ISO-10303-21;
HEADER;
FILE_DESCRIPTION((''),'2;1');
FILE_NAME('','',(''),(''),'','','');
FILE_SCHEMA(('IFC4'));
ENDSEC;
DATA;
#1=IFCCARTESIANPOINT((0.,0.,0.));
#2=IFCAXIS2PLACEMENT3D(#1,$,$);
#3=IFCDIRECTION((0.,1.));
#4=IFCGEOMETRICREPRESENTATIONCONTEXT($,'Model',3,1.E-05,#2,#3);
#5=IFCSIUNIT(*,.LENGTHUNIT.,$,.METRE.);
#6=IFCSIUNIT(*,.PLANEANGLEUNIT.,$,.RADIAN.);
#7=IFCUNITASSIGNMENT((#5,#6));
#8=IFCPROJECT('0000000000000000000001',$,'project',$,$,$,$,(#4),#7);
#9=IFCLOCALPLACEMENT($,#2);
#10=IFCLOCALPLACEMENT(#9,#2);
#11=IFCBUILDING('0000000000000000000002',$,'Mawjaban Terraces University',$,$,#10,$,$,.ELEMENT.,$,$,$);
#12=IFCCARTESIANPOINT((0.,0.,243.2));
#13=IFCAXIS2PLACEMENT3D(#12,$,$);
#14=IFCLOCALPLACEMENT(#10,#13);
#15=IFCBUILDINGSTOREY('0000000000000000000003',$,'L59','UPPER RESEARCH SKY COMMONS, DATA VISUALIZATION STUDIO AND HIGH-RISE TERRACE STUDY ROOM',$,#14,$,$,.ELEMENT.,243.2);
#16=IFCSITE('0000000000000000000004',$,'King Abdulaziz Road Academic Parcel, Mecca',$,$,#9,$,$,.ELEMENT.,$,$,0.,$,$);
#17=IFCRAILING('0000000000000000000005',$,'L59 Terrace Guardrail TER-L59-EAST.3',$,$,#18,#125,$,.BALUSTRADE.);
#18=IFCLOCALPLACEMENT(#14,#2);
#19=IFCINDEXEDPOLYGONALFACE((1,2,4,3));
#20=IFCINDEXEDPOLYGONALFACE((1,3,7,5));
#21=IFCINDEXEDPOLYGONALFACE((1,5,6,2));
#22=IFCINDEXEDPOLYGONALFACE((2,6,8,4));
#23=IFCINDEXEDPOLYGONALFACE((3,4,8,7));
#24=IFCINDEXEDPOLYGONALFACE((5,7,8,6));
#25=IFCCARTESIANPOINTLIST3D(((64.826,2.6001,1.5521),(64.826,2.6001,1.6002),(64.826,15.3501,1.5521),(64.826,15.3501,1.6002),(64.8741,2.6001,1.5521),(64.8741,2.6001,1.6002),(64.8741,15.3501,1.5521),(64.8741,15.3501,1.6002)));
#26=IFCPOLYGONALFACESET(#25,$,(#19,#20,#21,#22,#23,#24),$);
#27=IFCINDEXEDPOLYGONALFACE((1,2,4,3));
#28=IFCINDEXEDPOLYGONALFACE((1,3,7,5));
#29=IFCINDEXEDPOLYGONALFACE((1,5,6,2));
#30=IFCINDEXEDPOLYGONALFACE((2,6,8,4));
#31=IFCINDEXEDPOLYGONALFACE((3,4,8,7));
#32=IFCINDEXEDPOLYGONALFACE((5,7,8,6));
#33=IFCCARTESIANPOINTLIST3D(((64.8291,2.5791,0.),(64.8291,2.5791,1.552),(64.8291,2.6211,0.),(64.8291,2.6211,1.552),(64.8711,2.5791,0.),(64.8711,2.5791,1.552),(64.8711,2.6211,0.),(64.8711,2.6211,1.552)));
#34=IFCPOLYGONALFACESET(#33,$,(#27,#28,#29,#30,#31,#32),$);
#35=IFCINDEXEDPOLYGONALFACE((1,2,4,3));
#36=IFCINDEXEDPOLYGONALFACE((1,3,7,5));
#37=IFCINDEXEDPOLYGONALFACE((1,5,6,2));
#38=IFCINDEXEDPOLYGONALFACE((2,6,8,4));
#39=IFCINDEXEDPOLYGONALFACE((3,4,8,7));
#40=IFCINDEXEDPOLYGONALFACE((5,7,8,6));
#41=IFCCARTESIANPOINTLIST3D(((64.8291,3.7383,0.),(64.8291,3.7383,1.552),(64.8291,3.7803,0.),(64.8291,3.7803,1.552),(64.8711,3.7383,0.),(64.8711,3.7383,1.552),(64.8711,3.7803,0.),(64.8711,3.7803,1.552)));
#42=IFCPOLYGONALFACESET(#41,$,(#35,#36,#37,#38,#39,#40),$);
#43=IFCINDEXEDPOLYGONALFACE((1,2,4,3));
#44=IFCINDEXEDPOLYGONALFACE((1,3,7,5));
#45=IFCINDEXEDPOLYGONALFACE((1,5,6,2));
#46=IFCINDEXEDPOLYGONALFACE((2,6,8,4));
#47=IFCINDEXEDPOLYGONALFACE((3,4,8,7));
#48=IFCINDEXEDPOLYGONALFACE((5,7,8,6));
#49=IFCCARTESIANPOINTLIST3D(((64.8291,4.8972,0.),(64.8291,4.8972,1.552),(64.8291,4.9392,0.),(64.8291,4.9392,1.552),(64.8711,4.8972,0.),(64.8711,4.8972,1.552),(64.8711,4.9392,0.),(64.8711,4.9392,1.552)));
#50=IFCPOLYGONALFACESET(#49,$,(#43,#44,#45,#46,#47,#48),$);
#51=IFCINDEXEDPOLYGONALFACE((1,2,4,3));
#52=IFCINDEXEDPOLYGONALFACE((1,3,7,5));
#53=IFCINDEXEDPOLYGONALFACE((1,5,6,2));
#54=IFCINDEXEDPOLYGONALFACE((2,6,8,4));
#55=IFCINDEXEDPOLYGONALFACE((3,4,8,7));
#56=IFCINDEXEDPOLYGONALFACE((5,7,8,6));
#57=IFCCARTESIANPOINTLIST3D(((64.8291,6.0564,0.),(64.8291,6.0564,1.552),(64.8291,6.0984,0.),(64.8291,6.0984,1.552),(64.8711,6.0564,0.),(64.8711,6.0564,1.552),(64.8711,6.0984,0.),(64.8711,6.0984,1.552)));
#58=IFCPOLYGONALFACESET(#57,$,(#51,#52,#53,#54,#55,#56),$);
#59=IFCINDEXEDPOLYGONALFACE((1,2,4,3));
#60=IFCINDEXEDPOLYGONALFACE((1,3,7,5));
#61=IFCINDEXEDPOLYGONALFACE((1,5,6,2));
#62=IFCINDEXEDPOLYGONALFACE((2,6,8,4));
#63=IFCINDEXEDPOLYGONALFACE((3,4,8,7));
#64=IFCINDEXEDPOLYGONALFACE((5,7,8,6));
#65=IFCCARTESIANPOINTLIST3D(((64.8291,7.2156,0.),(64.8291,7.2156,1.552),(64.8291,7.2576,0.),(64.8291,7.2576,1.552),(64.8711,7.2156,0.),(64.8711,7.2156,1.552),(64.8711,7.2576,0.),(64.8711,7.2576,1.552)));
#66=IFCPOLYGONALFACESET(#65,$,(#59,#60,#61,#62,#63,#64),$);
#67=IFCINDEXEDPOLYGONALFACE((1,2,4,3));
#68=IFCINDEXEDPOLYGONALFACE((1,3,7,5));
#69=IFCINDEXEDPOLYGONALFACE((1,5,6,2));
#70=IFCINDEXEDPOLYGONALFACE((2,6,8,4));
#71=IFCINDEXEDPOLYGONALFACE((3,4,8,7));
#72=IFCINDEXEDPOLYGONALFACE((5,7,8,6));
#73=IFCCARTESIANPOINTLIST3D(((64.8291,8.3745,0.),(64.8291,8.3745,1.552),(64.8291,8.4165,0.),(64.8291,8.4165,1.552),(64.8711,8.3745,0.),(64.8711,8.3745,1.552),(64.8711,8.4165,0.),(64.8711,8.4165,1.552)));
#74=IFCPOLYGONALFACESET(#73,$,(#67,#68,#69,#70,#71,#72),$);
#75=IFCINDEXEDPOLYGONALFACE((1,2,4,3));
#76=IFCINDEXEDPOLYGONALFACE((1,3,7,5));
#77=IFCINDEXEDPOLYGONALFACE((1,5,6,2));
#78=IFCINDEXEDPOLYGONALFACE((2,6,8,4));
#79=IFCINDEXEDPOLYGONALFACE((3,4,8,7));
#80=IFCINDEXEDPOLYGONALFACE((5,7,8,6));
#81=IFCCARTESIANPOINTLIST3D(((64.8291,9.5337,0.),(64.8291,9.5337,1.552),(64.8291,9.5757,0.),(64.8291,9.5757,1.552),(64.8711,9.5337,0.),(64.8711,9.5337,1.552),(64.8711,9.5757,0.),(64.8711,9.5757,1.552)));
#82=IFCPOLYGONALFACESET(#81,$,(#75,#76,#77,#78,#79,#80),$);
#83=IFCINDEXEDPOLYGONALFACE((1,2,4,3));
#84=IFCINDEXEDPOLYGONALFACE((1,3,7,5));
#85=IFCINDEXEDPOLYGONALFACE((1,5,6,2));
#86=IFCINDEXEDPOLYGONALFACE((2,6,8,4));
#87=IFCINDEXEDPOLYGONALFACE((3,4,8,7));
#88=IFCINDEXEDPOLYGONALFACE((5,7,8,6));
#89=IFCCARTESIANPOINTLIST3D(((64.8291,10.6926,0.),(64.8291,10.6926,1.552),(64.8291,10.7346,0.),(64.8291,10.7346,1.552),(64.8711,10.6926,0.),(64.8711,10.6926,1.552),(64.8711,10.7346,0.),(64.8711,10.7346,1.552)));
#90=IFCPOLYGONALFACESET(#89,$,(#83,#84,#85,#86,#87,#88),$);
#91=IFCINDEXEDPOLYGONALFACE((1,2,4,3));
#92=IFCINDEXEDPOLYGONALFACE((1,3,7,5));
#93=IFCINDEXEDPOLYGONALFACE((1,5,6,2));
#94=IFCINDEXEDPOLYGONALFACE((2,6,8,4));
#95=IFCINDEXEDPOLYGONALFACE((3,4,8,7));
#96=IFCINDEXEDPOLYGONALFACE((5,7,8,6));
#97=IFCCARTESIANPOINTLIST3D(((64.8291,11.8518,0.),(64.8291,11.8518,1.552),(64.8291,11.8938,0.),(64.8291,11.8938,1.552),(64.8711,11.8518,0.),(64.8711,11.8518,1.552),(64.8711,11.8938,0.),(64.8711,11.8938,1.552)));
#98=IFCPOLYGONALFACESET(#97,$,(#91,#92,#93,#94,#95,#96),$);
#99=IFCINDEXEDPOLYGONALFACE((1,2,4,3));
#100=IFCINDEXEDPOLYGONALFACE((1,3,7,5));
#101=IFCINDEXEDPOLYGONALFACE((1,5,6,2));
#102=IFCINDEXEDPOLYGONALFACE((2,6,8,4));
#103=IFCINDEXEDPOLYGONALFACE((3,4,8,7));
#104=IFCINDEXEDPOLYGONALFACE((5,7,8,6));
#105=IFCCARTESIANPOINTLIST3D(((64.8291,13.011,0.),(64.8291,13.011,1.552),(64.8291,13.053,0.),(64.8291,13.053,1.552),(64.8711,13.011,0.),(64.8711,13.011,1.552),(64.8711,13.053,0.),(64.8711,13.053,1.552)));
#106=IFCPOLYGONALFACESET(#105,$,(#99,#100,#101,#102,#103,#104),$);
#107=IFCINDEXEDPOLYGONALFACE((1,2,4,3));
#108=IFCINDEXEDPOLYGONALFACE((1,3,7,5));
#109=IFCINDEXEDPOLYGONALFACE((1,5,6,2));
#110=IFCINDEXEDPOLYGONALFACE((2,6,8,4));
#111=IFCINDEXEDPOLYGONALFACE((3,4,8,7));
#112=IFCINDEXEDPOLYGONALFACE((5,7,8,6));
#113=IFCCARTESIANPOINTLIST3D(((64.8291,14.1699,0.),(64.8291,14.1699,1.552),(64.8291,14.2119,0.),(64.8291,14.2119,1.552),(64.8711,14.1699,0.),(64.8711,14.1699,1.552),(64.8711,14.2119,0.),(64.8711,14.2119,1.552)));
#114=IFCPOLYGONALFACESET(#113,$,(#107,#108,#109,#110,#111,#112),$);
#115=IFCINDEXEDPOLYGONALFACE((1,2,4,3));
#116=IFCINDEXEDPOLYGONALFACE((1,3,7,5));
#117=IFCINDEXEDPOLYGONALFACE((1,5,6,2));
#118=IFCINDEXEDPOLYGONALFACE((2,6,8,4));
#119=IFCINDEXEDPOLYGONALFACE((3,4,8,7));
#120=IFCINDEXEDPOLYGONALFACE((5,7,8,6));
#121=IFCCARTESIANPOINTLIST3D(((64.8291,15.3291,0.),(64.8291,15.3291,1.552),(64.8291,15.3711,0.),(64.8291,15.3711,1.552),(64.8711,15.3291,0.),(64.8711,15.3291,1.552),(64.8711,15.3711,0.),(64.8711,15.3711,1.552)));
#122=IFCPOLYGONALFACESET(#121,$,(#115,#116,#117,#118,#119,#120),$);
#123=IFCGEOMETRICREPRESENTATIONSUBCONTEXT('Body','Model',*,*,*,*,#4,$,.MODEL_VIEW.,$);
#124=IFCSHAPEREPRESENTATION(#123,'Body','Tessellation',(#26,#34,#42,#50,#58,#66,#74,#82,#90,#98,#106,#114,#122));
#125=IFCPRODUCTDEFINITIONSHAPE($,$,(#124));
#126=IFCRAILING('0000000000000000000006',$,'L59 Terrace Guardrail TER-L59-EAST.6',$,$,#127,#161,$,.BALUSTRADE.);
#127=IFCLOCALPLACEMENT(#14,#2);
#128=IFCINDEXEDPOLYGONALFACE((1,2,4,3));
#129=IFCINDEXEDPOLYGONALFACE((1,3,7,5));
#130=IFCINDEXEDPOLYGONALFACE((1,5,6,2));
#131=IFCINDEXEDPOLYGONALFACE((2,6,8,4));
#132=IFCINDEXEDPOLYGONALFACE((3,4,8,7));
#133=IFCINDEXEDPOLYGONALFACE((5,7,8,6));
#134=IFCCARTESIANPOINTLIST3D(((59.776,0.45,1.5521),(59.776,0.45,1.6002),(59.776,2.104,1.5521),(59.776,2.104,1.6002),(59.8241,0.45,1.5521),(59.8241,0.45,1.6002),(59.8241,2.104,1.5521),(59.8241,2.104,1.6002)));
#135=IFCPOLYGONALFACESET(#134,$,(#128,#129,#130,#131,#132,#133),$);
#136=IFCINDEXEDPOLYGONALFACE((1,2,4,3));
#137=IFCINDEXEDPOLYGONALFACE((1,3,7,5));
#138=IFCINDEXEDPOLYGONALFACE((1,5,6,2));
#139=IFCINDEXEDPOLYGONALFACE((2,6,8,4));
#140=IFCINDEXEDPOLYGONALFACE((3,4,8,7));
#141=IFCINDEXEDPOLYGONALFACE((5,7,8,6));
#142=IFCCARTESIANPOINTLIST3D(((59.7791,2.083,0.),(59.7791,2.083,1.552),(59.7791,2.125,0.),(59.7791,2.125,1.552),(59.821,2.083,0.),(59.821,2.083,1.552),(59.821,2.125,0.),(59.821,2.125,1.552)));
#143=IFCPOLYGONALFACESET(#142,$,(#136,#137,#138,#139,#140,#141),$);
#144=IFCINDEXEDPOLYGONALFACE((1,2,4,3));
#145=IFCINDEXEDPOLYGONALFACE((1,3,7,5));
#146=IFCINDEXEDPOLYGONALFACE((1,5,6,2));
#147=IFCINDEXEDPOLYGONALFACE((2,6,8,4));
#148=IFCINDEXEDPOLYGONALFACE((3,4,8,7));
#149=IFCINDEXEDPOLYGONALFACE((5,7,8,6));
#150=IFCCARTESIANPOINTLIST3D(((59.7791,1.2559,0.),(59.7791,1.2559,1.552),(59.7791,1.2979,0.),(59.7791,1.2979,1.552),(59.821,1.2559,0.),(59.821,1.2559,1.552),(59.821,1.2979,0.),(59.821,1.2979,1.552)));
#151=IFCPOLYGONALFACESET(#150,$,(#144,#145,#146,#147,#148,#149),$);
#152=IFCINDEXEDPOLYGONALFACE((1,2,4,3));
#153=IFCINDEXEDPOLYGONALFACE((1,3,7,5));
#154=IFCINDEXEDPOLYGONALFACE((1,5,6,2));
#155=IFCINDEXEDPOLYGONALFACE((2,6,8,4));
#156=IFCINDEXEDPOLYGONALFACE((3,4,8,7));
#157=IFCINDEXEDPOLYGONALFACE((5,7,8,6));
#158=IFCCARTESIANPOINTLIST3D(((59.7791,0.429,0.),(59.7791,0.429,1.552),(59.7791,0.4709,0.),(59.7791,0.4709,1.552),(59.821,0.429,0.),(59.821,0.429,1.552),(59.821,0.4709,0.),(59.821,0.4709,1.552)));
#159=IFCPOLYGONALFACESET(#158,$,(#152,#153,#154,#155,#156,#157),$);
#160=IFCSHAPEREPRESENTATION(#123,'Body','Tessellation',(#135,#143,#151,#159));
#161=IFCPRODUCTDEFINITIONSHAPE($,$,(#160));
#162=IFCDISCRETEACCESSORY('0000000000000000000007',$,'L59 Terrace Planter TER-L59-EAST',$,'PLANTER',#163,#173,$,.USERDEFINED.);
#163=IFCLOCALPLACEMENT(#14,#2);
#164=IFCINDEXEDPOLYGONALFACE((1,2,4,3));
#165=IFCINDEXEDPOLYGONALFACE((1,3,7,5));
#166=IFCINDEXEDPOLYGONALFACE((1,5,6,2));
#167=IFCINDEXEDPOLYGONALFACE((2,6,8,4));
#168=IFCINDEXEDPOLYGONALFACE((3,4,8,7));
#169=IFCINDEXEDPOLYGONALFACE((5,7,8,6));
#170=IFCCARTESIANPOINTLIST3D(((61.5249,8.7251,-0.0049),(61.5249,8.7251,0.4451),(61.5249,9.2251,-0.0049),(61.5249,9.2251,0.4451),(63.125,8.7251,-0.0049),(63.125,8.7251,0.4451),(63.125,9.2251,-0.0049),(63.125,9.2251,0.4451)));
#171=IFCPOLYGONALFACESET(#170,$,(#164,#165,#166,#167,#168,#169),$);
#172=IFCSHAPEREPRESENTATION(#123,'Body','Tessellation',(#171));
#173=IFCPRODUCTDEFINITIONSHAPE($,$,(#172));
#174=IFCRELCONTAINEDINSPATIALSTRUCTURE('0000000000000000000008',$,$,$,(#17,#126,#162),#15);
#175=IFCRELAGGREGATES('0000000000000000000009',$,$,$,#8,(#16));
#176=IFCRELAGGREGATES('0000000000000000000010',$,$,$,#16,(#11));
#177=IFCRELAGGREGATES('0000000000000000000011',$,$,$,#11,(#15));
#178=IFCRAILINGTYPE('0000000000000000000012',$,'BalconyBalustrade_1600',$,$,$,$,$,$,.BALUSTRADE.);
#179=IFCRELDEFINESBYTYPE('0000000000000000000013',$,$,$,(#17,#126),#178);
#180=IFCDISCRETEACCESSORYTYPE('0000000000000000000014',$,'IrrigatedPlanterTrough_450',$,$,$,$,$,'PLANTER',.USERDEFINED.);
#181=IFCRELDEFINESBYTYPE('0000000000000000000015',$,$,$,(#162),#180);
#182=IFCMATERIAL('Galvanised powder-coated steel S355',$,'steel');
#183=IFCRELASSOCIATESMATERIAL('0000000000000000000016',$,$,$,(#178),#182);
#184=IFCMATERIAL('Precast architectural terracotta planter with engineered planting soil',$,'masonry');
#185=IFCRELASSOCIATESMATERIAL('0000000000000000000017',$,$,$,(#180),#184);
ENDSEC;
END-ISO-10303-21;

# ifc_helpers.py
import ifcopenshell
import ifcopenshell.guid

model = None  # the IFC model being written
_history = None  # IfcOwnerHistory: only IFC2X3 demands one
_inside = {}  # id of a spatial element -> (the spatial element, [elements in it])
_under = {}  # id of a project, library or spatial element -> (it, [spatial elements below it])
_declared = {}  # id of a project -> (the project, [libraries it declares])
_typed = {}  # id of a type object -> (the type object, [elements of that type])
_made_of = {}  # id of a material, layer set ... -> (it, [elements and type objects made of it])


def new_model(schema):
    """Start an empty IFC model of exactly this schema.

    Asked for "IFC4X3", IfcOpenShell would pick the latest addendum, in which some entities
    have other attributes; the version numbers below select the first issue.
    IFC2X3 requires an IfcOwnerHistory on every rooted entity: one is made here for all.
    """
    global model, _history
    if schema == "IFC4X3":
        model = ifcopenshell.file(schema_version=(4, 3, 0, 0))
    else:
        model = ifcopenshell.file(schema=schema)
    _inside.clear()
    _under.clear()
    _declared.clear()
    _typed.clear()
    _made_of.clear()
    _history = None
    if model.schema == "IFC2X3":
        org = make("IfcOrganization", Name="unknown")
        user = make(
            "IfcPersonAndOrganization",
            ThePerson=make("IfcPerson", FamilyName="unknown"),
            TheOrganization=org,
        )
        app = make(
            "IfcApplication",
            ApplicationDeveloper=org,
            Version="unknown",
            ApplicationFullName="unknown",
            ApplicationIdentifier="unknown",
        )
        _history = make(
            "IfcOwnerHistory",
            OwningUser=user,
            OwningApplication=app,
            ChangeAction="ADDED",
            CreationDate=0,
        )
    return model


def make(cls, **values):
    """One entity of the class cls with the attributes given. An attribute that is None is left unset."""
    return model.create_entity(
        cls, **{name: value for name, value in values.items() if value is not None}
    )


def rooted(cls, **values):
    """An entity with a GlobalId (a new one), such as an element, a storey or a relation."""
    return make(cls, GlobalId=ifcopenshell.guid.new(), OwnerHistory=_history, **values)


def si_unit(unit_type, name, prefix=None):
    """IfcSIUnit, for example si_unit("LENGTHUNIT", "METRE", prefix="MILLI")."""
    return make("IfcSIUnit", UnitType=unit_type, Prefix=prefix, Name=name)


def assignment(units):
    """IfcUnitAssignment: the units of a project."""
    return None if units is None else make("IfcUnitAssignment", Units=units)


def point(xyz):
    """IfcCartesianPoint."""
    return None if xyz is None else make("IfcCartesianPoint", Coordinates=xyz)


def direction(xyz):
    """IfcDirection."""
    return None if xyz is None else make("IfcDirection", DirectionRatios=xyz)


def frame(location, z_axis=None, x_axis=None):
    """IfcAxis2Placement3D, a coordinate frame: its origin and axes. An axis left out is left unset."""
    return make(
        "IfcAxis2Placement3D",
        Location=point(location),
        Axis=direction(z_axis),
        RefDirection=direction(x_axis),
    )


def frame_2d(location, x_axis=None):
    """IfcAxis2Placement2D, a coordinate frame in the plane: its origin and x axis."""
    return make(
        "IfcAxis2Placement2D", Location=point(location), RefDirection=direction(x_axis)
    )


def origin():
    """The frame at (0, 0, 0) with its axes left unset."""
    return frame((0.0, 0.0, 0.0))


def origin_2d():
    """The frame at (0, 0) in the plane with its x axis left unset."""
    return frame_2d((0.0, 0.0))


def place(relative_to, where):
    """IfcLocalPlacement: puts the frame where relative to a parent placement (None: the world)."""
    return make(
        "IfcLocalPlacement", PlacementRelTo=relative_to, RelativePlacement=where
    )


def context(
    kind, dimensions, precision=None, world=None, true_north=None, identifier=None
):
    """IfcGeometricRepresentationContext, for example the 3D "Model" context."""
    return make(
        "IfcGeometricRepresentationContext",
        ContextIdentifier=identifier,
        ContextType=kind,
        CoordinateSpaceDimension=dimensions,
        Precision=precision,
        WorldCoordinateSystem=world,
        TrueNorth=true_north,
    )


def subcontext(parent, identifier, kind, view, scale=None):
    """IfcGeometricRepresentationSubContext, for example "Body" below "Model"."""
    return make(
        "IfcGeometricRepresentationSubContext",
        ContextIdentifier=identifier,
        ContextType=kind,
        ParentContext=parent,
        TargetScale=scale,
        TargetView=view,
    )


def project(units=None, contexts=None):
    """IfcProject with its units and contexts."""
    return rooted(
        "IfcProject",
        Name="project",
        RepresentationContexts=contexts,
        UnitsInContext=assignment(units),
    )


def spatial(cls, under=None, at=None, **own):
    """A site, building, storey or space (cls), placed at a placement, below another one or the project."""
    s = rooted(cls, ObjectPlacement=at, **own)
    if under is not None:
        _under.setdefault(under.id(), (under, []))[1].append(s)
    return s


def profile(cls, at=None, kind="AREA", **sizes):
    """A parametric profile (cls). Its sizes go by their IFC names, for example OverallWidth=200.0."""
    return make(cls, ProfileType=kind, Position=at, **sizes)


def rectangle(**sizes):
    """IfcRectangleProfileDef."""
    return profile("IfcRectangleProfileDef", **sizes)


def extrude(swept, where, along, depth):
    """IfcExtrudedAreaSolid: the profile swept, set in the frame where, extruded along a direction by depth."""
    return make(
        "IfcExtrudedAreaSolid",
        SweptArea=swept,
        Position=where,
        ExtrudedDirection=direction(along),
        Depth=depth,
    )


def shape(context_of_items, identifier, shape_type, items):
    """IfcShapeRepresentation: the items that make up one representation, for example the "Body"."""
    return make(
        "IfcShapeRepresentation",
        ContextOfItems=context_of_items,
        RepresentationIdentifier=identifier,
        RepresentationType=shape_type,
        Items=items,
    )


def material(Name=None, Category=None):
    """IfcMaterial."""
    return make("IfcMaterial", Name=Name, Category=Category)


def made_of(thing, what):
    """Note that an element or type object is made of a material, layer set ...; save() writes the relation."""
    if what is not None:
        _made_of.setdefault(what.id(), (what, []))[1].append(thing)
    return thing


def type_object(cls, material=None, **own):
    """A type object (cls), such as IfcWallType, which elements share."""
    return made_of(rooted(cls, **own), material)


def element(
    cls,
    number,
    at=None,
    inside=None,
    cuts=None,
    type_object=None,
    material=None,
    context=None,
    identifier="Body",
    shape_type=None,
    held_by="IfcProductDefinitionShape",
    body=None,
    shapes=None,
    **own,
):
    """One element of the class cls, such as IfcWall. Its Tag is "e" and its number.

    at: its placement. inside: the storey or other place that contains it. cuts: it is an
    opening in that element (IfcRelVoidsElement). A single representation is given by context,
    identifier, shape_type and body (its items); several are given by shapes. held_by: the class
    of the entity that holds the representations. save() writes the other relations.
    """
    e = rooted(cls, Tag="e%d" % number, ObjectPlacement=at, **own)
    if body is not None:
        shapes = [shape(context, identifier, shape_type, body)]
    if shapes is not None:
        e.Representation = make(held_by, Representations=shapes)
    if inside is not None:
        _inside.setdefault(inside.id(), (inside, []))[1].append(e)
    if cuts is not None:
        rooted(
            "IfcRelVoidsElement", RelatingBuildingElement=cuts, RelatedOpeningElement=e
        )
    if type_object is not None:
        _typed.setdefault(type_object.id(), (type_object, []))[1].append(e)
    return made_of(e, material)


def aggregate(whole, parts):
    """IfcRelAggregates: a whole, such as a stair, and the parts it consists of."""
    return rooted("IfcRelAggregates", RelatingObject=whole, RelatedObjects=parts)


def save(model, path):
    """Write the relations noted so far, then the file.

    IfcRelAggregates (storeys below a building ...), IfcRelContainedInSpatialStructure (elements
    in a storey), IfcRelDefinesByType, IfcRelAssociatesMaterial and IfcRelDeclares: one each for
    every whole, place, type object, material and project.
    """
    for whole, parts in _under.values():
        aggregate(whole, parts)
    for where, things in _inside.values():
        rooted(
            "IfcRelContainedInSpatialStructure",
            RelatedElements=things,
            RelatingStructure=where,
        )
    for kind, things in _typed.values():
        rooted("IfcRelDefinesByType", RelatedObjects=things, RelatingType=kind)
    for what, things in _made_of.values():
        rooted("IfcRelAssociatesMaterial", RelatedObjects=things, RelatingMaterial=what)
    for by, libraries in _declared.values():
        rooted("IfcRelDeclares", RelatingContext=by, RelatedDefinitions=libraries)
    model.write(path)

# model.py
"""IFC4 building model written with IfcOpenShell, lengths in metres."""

from ifc_helpers import new_model, si_unit, direction, frame, origin, origin_2d, place, context, subcontext, project, spatial, rectangle, extrude, material, type_object, element, save


model = new_model("IFC4")

# Units and contexts
model_context = context("Model", 3, precision=1e-05, world=origin(), true_north=direction((0.0, 1.0)))
body_context = subcontext(model_context, "Body", "Model", "MODEL_VIEW")
ifc_project = project(units=[si_unit("LENGTHUNIT", "METRE"), si_unit("PLANEANGLEUNIT", "RADIAN")], contexts=[model_context])

# Site, building, storey
site_placement = place(None, origin())
site = spatial("IfcSite", under=ifc_project, at=site_placement, Name="King Abdulaziz Road Academic Parcel, Mecca", CompositionType="ELEMENT", RefElevation=0.0)
building_placement = place(site_placement, origin())
building = spatial("IfcBuilding", under=site, at=building_placement, Name="Mawjaban Terraces University", CompositionType="ELEMENT")
storey_placement = place(building_placement, frame((0.0, 0.0, 243.2)))
storey = spatial("IfcBuildingStorey", under=building, at=storey_placement, Name="L59", Description="UPPER RESEARCH SKY COMMONS, DATA VISUALIZATION STUDIO AND HIGH-RISE TERRACE STUDY ROOM", CompositionType="ELEMENT", Elevation=243.2)

# Railings
ifc_material_1 = material(Name="Galvanised powder-coated steel S355", Category="steel")
railing_type = type_object("IfcRailingType", Name="BalconyBalustrade_1600", PredefinedType="BALUSTRADE", material=ifc_material_1)
railing_1_placement = place(storey_placement, frame((64.8501, 2.6001, 0.0)))
element("IfcRailing", 1, at=railing_1_placement, inside=storey, type_object=railing_type, Name="L59 Terrace Guardrail TER-L59-EAST.3", PredefinedType="BALUSTRADE", context=body_context, shape_type="SweptSolid", body=[
    extrude(rectangle(XDim=0.0481, YDim=0.0481, at=origin_2d()), frame((0.0, 0.0, 1.5762), z_axis=(0.0, 1.0, 0.0), x_axis=(-1.0, 0.0, 0.0)), (0.0, 0.0, 1.0), 12.75),
    extrude(rectangle(XDim=0.042, YDim=0.042, at=origin_2d()), origin(), (0.0, 0.0, 1.0), 1.552),
    extrude(rectangle(XDim=0.042, YDim=0.042, at=origin_2d()), frame((0.0, 1.1592, 0.0)), (0.0, 0.0, 1.0), 1.552),
    extrude(rectangle(XDim=0.042, YDim=0.042, at=origin_2d()), frame((0.0, 2.3181, 0.0)), (0.0, 0.0, 1.0), 1.552),
    extrude(rectangle(XDim=0.042, YDim=0.042, at=origin_2d()), frame((0.0, 3.4773, 0.0)), (0.0, 0.0, 1.0), 1.552),
    extrude(rectangle(XDim=0.042, YDim=0.042, at=origin_2d()), frame((0.0, 4.6365, 0.0)), (0.0, 0.0, 1.0), 1.552),
    extrude(rectangle(XDim=0.042, YDim=0.042, at=origin_2d()), frame((0.0, 5.7954, 0.0)), (0.0, 0.0, 1.0), 1.552),
    extrude(rectangle(XDim=0.042, YDim=0.042, at=origin_2d()), frame((0.0, 6.9546, 0.0)), (0.0, 0.0, 1.0), 1.552),
    extrude(rectangle(XDim=0.042, YDim=0.042, at=origin_2d()), frame((0.0, 8.1135, 0.0)), (0.0, 0.0, 1.0), 1.552),
    extrude(rectangle(XDim=0.042, YDim=0.042, at=origin_2d()), frame((0.0, 9.2727, 0.0)), (0.0, 0.0, 1.0), 1.552),
    extrude(rectangle(XDim=0.042, YDim=0.042, at=origin_2d()), frame((0.0, 10.4319, 0.0)), (0.0, 0.0, 1.0), 1.552),
    extrude(rectangle(XDim=0.042, YDim=0.042, at=origin_2d()), frame((0.0, 11.5908, 0.0)), (0.0, 0.0, 1.0), 1.552),
    extrude(rectangle(XDim=0.042, YDim=0.042, at=origin_2d()), frame((0.0, 12.75, 0.0)), (0.0, 0.0, 1.0), 1.552),
])
railing_2_placement = place(storey_placement, frame((59.8, 2.104, 0.0)))
element("IfcRailing", 2, at=railing_2_placement, inside=storey, type_object=railing_type, Name="L59 Terrace Guardrail TER-L59-EAST.6", PredefinedType="BALUSTRADE", context=body_context, shape_type="SweptSolid", body=[
    extrude(rectangle(XDim=0.0481, YDim=0.0481, at=origin_2d()), frame((0.0, 0.0, 1.5762), z_axis=(0.0, -1.0, 0.0), x_axis=(1.0, 0.0, 0.0)), (0.0, 0.0, 1.0), 1.6541),
    extrude(rectangle(XDim=0.042, YDim=0.042, at=origin_2d()), origin(), (0.0, 0.0, 1.0), 1.552),
    extrude(rectangle(XDim=0.042, YDim=0.042, at=origin_2d()), frame((0.0, -0.8271, 0.0)), (0.0, 0.0, 1.0), 1.552),
    extrude(rectangle(XDim=0.042, YDim=0.042, at=origin_2d()), frame((0.0, -1.6541, 0.0)), (0.0, 0.0, 1.0), 1.552),
])

# Discrete accessory
ifc_material_2 = material(Name="Precast architectural terracotta planter with engineered planting soil", Category="masonry")
discrete_accessory_type = type_object("IfcDiscreteAccessoryType", Name="IrrigatedPlanterTrough_450", ElementType="PLANTER", PredefinedType="USERDEFINED", material=ifc_material_2)
discrete_accessory_placement = place(storey_placement, frame((62.325, 8.9751, -0.0049), z_axis=(0.0, 0.0, 1.0), x_axis=(1.0, 0.0, 0.0)))
element("IfcDiscreteAccessory", 3, at=discrete_accessory_placement, inside=storey, type_object=discrete_accessory_type, Name="L59 Terrace Planter TER-L59-EAST", ObjectType="PLANTER", PredefinedType="USERDEFINED", context=body_context, shape_type="SweptSolid", body=[
    extrude(rectangle(XDim=1.6001, YDim=0.5, at=origin_2d()), origin(), (0.0, 0.0, 1.0), 0.45),
])

save(model, "model.ifc")
